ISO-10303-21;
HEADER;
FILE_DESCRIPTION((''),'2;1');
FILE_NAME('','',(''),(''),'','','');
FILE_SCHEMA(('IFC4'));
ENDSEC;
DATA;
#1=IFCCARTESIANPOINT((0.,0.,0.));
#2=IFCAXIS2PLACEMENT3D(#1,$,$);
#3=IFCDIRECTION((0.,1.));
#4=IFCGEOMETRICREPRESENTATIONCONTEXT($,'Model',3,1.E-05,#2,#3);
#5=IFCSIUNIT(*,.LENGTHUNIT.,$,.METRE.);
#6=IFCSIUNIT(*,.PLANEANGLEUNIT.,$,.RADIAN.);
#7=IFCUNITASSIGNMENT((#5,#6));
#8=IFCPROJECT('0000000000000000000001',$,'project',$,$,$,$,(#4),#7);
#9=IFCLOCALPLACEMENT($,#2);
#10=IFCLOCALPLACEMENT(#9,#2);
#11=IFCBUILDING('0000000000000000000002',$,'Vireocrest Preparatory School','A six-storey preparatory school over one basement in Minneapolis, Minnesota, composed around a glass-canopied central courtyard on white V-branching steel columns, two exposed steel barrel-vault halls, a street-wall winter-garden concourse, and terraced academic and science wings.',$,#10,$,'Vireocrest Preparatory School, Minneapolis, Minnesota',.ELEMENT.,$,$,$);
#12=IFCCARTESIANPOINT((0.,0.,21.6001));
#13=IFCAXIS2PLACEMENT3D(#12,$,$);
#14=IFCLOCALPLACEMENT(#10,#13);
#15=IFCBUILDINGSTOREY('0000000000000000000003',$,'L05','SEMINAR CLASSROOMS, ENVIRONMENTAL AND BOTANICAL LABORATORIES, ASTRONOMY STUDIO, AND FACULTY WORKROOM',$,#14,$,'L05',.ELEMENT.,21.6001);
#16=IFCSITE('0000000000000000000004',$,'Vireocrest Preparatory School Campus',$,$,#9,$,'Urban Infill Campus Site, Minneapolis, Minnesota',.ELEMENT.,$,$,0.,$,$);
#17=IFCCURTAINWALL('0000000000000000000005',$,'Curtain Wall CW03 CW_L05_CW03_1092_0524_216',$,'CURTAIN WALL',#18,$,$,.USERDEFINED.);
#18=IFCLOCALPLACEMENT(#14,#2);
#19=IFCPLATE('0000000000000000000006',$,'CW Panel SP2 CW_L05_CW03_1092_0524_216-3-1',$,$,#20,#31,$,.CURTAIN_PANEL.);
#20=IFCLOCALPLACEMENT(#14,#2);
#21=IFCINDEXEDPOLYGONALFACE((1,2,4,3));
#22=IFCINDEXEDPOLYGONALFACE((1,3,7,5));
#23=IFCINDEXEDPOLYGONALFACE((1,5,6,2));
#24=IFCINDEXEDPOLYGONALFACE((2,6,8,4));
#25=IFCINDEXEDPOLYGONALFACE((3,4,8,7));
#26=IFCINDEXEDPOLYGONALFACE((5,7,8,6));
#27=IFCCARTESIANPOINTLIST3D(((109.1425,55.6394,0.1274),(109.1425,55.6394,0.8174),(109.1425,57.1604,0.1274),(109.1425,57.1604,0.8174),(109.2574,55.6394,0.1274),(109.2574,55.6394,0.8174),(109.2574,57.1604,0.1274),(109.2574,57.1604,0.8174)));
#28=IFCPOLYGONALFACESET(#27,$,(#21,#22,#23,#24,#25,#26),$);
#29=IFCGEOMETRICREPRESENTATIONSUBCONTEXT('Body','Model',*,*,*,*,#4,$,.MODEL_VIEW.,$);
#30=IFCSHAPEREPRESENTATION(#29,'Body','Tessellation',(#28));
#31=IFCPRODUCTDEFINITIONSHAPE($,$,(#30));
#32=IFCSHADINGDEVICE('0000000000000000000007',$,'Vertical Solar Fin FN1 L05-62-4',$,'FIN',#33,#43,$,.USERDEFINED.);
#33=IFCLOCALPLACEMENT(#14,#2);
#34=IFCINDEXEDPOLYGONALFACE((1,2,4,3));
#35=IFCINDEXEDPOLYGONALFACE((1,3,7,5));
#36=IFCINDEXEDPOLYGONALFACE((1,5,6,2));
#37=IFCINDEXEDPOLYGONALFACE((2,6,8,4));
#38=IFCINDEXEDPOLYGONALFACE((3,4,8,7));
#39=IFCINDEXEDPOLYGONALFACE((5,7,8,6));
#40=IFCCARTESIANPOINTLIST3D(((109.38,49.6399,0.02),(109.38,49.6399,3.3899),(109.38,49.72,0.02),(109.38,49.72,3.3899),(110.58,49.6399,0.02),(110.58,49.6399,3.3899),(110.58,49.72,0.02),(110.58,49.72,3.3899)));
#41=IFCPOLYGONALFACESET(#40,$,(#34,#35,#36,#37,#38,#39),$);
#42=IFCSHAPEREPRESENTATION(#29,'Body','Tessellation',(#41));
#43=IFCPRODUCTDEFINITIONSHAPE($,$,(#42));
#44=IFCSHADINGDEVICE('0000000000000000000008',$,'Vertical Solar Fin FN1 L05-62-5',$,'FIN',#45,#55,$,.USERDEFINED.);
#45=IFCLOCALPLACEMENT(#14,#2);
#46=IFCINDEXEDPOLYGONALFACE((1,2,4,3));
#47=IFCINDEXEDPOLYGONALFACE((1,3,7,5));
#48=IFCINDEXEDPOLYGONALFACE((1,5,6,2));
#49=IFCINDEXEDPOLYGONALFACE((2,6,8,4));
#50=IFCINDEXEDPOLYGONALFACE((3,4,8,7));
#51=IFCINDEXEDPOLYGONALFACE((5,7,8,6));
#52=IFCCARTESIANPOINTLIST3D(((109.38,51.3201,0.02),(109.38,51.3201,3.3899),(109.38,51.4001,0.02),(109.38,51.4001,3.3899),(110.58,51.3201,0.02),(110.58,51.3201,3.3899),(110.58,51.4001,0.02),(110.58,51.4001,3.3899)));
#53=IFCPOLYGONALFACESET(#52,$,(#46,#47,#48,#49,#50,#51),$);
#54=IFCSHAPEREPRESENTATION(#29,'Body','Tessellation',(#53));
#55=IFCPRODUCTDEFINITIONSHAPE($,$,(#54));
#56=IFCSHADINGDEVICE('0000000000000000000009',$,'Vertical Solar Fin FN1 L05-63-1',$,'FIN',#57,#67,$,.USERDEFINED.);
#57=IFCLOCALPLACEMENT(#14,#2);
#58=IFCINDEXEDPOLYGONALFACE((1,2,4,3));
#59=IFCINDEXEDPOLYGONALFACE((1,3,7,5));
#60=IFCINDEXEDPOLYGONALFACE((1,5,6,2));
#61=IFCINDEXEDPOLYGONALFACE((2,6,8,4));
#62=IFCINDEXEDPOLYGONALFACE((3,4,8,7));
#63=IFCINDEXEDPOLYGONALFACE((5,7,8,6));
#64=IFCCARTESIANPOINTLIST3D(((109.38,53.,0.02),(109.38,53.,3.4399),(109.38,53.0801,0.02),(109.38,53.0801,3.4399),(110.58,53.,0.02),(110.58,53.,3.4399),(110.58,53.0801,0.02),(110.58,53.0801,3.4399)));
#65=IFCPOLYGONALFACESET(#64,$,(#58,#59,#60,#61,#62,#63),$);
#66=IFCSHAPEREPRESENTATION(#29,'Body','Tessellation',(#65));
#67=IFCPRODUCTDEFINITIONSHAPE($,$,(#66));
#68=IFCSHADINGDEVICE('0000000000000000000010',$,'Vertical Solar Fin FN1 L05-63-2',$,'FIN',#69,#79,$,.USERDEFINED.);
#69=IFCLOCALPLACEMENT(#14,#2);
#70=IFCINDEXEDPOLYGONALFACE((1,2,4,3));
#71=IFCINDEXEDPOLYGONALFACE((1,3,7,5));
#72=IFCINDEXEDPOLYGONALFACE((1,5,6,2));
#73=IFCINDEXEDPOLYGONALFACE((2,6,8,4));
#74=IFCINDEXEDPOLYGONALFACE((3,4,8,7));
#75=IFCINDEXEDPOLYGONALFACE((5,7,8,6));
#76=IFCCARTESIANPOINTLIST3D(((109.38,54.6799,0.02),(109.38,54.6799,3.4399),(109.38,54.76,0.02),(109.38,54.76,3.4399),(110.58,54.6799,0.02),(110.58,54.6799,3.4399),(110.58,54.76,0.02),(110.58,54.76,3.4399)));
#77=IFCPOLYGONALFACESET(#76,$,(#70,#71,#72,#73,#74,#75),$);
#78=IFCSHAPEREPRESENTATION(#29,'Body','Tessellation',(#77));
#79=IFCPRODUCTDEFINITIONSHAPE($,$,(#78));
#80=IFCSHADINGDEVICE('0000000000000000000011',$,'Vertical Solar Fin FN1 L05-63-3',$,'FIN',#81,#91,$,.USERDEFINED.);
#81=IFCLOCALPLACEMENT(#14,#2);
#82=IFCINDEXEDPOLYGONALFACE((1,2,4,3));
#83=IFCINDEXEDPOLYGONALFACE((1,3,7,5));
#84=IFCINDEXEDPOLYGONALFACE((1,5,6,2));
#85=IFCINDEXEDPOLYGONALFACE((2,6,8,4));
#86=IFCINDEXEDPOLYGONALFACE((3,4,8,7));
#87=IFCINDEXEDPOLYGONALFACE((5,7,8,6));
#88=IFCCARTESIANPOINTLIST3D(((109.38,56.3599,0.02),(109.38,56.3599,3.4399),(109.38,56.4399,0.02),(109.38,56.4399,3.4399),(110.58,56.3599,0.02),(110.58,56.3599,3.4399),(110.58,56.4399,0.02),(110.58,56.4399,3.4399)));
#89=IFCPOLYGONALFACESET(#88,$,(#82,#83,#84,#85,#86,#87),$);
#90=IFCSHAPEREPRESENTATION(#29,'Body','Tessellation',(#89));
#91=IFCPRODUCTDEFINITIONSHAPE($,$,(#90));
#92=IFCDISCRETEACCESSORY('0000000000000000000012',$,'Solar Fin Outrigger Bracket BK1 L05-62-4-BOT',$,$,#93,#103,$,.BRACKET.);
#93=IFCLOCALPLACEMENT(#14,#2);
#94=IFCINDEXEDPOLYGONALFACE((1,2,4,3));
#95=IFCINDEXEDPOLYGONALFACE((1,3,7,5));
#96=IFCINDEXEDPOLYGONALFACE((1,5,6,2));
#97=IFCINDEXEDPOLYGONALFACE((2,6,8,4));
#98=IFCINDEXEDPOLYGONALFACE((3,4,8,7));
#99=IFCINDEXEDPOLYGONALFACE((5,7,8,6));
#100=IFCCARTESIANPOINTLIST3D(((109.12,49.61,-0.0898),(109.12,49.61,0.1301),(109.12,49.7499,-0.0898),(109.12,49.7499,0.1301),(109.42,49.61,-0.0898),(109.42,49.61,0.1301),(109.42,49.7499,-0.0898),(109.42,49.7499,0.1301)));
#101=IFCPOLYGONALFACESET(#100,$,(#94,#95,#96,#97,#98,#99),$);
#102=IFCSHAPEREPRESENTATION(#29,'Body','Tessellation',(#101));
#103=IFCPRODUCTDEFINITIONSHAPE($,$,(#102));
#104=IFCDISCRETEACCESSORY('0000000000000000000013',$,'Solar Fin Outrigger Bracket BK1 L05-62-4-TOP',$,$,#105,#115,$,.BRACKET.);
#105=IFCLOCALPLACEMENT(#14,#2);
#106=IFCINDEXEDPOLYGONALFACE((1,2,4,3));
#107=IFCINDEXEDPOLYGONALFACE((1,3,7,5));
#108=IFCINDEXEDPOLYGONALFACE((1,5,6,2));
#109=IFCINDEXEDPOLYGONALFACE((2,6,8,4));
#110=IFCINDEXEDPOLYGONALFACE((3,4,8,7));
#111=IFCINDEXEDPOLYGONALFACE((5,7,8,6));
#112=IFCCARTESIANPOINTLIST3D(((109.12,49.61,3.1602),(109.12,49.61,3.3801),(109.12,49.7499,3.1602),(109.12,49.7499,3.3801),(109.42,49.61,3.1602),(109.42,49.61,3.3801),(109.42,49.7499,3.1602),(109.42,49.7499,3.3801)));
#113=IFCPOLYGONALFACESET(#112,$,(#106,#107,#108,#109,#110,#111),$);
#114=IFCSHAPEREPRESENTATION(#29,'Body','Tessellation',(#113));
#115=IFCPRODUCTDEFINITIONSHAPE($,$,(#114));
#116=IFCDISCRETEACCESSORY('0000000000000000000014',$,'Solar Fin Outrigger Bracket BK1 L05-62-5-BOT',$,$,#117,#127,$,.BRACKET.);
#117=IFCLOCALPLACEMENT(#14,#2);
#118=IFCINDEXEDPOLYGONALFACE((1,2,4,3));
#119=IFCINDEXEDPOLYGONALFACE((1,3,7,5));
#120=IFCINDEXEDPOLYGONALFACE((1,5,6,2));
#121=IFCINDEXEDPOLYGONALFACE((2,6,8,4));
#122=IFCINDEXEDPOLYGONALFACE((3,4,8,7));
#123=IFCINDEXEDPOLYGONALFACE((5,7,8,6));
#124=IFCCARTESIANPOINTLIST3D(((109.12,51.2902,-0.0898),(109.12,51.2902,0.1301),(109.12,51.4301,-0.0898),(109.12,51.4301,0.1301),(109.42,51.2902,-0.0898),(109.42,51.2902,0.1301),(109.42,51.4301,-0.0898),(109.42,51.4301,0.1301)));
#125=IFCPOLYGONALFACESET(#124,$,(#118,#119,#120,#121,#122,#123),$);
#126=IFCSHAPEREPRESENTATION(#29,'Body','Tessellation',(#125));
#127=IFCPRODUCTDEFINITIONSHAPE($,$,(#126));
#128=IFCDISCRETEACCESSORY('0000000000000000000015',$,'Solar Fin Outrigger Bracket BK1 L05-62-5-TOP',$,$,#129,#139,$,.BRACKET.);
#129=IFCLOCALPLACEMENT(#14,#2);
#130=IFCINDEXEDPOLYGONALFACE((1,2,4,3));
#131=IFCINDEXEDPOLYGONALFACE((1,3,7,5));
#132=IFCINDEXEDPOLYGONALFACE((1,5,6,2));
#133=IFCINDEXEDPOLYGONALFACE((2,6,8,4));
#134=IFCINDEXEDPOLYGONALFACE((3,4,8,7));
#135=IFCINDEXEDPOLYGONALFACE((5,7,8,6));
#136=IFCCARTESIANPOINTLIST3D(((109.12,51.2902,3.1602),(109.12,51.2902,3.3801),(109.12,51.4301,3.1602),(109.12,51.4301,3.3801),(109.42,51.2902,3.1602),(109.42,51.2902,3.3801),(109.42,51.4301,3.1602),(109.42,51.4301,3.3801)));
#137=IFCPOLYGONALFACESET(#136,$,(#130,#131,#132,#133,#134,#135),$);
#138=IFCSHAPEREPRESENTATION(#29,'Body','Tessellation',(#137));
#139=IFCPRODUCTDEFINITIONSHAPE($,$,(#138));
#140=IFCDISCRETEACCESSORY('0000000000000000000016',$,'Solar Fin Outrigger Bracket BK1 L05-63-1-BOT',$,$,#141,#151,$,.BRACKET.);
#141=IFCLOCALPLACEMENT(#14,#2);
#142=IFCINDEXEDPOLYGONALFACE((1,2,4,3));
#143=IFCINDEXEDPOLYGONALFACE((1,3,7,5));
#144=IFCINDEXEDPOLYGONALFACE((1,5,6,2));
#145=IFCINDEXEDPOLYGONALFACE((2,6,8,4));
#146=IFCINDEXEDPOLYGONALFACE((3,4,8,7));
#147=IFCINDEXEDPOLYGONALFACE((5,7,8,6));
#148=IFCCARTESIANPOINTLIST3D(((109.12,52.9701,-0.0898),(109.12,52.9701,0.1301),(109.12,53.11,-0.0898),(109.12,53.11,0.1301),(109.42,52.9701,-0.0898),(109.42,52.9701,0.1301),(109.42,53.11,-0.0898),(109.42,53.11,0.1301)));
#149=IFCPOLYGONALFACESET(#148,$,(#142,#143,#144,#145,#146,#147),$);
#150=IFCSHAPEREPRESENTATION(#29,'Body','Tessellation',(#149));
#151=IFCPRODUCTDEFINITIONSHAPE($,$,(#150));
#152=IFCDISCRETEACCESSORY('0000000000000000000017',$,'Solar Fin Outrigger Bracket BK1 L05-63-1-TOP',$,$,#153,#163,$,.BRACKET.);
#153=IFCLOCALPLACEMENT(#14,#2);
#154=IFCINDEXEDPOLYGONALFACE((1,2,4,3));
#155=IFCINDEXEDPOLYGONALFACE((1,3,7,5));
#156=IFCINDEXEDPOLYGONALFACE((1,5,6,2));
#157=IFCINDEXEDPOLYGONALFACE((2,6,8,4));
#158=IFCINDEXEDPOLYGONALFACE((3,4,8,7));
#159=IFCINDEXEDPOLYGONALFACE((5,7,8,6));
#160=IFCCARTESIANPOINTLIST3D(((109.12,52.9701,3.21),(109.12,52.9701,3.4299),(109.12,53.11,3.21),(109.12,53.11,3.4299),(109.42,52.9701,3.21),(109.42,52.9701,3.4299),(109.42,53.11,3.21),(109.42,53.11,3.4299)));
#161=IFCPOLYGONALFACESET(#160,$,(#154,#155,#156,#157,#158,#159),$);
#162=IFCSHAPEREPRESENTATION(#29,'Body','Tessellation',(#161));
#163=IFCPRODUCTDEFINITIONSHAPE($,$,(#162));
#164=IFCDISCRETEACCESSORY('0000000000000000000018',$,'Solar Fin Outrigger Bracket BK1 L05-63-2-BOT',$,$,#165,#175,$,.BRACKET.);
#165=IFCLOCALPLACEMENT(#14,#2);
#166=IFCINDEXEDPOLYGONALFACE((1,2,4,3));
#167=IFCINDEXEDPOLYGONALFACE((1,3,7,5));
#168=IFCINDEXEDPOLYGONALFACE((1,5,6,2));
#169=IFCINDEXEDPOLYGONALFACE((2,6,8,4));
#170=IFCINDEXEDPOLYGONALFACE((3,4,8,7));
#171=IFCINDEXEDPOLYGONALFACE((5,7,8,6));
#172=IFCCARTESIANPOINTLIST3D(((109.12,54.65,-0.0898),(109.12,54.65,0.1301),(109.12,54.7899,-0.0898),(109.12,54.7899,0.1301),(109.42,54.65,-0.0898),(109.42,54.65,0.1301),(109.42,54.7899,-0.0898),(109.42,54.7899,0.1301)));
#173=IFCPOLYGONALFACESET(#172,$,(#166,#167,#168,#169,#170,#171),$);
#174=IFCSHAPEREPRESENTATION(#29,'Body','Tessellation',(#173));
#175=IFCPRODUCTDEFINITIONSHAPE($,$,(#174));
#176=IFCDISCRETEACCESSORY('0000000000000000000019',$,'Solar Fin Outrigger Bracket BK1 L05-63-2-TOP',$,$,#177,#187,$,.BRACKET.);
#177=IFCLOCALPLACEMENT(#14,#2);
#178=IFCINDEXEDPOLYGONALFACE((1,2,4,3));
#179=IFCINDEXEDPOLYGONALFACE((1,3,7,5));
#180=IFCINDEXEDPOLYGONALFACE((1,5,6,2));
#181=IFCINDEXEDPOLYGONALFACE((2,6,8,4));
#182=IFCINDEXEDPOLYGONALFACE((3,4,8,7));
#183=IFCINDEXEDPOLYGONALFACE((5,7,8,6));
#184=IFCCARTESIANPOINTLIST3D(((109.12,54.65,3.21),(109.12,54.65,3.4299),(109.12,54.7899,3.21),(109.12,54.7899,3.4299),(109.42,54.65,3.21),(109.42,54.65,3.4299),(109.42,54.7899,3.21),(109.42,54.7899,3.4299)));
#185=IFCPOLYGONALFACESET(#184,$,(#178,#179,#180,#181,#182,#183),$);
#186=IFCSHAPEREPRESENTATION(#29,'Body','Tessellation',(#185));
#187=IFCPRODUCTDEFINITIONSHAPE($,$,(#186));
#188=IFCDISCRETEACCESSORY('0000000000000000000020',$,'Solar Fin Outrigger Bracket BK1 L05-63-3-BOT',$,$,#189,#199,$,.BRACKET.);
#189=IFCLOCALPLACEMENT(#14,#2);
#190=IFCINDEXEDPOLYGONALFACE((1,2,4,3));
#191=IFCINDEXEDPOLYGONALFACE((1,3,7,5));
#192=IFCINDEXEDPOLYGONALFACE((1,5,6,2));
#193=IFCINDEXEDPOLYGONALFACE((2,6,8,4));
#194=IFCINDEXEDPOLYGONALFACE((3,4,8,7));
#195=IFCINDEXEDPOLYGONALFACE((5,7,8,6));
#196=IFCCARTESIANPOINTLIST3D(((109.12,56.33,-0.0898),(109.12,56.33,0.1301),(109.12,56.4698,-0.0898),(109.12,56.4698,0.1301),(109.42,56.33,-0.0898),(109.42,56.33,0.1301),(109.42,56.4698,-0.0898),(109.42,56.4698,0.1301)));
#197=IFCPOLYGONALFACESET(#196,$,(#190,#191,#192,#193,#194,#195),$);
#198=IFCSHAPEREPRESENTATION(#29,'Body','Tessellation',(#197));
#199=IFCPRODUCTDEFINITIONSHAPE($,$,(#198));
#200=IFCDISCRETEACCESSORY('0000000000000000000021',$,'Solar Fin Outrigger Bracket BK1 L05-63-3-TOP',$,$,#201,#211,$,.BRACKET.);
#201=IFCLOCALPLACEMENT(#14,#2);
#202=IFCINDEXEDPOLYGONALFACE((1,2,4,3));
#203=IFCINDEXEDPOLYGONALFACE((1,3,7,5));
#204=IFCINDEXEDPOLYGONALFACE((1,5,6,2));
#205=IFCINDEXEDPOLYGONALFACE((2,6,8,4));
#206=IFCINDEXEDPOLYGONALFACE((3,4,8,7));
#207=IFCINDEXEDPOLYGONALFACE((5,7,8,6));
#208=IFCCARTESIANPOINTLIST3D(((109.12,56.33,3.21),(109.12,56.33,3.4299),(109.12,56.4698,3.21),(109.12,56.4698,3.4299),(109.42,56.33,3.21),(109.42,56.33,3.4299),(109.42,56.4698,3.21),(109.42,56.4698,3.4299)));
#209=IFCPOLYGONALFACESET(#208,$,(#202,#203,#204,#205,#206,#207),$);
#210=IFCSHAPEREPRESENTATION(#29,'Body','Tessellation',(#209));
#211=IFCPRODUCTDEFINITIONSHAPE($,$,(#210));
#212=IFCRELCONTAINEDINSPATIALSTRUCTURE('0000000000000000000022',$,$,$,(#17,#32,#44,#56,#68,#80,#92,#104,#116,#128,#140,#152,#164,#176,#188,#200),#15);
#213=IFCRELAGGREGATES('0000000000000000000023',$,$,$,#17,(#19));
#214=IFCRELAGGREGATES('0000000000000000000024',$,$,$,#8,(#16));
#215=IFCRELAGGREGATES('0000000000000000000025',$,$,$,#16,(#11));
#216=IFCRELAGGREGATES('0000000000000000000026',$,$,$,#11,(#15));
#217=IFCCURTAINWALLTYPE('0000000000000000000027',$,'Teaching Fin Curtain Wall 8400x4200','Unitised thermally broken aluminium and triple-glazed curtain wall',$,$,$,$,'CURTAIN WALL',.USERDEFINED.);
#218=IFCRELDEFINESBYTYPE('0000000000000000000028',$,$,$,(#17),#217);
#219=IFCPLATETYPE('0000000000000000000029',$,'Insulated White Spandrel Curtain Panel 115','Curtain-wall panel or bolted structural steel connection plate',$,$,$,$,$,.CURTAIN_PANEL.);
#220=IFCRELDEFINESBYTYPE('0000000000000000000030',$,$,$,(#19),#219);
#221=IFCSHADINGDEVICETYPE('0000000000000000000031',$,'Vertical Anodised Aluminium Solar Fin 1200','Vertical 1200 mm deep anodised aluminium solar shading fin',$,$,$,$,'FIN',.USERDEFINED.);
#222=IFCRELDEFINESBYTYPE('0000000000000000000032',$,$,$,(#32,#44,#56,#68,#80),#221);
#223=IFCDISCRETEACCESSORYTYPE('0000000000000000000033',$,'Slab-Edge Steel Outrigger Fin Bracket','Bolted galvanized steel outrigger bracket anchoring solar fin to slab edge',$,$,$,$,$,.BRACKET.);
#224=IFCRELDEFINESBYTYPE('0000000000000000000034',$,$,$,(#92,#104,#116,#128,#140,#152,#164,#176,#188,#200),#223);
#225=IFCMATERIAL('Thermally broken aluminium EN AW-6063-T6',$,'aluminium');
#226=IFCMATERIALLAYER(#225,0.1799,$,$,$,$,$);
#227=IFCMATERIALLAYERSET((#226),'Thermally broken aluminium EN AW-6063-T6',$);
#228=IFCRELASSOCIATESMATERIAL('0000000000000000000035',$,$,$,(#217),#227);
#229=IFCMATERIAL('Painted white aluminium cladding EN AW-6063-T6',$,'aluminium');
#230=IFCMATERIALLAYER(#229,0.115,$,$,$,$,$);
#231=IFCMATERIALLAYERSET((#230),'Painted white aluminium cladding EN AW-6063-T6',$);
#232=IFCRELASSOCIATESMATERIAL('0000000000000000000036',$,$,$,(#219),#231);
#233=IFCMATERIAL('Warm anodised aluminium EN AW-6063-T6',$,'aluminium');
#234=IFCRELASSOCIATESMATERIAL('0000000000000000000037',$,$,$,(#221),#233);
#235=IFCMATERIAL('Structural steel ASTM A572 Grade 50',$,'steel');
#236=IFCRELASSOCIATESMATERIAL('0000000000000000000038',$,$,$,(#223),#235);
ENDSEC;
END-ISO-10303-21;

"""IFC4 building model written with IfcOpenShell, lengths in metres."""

from ifc_helpers import new_model, si_unit, direction, frame, origin, origin_2d, place, context, subcontext, project, spatial, rectangle, extrude, material, layer, layer_set, material_profile, profile_set, type_object, element, aggregate, save


model = new_model("IFC4")

# Units and contexts
model_context = context("Model", 3, precision=1e-05, world=origin(), true_north=direction((0.0, 1.0)))
body_context = subcontext(model_context, "Body", "Model", "MODEL_VIEW")
ifc_project = project(units=[si_unit("LENGTHUNIT", "METRE"), si_unit("PLANEANGLEUNIT", "RADIAN")], contexts=[model_context])

# Site, building, storey
site_placement = place(None, origin())
site = spatial("IfcSite", under=ifc_project, at=site_placement, Name="Vireocrest Preparatory School Campus", LongName="Urban Infill Campus Site, Minneapolis, Minnesota", CompositionType="ELEMENT", RefElevation=0.0)
building_placement = place(site_placement, origin())
building = spatial("IfcBuilding", under=site, at=building_placement, Name="Vireocrest Preparatory School", Description="A six-storey preparatory school over one basement in Minneapolis, Minnesota, composed around a glass-canopied central courtyard on white V-branching steel columns, two exposed steel barrel-vault halls, a street-wall winter-garden concourse, and terraced academic and science wings.", LongName="Vireocrest Preparatory School, Minneapolis, Minnesota", CompositionType="ELEMENT")
storey_placement = place(building_placement, frame((0.0, 0.0, 21.6001)))
storey = spatial("IfcBuildingStorey", under=building, at=storey_placement, Name="L05", Description="SEMINAR CLASSROOMS, ENVIRONMENTAL AND BOTANICAL LABORATORIES, ASTRONOMY STUDIO, AND FACULTY WORKROOM", LongName="L05", CompositionType="ELEMENT", Elevation=21.6001)

# Curtain wall, plate
ifc_material_1 = material(Name="Thermally broken aluminium EN AW-6063-T6", Category="aluminium")
ifc_layer_1 = layer(ifc_material_1, 0.1799)
ifc_layer_set_1 = layer_set([ifc_layer_1], Name="Thermally broken aluminium EN AW-6063-T6")
curtain_wall_type = type_object("IfcCurtainWallType", Name="Teaching Fin Curtain Wall 8400x4200", Description="Unitised thermally broken aluminium and triple-glazed curtain wall", ElementType="CURTAIN WALL", PredefinedType="USERDEFINED", material=ifc_layer_set_1)
curtain_wall_placement = place(storey_placement, origin())
curtain_wall = element("IfcCurtainWall", 1, at=curtain_wall_placement, inside=storey, type_object=curtain_wall_type, Name="Curtain Wall CW03 CW_L05_CW03_1092_0524_216", ObjectType="CURTAIN WALL", PredefinedType="USERDEFINED")
ifc_material_2 = material(Name="Painted white aluminium cladding EN AW-6063-T6", Category="aluminium")
ifc_layer_2 = layer(ifc_material_2, 0.115)
ifc_layer_set_2 = layer_set([ifc_layer_2], Name="Painted white aluminium cladding EN AW-6063-T6")
plate_type_1 = type_object("IfcPlateType", Name="Insulated White Spandrel Curtain Panel 115", Description="Curtain-wall panel or bolted structural steel connection plate", PredefinedType="CURTAIN_PANEL", material=ifc_layer_set_2)
plate_1_placement = place(storey_placement, frame((109.2, 56.3999, 0.1274), z_axis=(0.0, 0.0, 1.0), x_axis=(0.0, 1.0, 0.0)))
plate_1 = element("IfcPlate", 2, at=plate_1_placement, type_object=plate_type_1, Name="CW Panel SP2 CW_L05_CW03_1092_0524_216-3-1", PredefinedType="CURTAIN_PANEL", context=body_context, shape_type="SweptSolid", body=[
    extrude(rectangle(XDim=1.521, YDim=0.115, at=origin_2d()), origin(), (0.0, 0.0, 1.0), 0.6899),
])
aggregate(curtain_wall, [plate_1])

# Shading devices
ifc_material_3 = material(Name="Warm anodised aluminium EN AW-6063-T6", Category="aluminium")
ifc_material_profile_1 = material_profile(ifc_material_3, rectangle(XDim=0.0801, YDim=1.2, at=origin_2d()), Name="FIN 80x1200")
ifc_profile_set_1 = profile_set([ifc_material_profile_1], Name="Warm anodised aluminium EN AW-6063-T6")
shading_device_type = type_object("IfcShadingDeviceType", Name="Vertical Anodised Aluminium Solar Fin 1200", Description="Vertical 1200 mm deep anodised aluminium solar shading fin", ElementType="FIN", PredefinedType="USERDEFINED", material=ifc_profile_set_1)
for number, where, z_axis, x_axis, name in (
    (3, (109.98, 49.6799, 0.02), (0.0, 0.0, 1.0), (0.0, -1.0, 0.0), "Vertical Solar Fin FN1 L05-62-4"),
    (4, (109.98, 51.3601, 0.02), (0.0, 0.0, 1.0), (0.0, -1.0, 0.0), "Vertical Solar Fin FN1 L05-62-5"),
):
    element("IfcShadingDevice", number, at=place(storey_placement, frame(where, z_axis=z_axis, x_axis=x_axis)), inside=storey, type_object=shading_device_type, Name=name, ObjectType="FIN", PredefinedType="USERDEFINED", context=body_context, shape_type="SweptSolid", body=[
        extrude(rectangle(XDim=0.0801, YDim=1.2, at=origin_2d()), origin(), (0.0, 0.0, 1.0), 3.3699),
    ])
for number, where, z_axis, x_axis, name in (
    (5, (109.98, 53.04, 0.02), (0.0, 0.0, 1.0), (0.0, -1.0, 0.0), "Vertical Solar Fin FN1 L05-63-1"),
    (6, (109.98, 54.72, 0.02), (0.0, 0.0, 1.0), (0.0, -1.0, 0.0), "Vertical Solar Fin FN1 L05-63-2"),
    (7, (109.98, 56.3999, 0.02), (0.0, 0.0, 1.0), (0.0, -1.0, 0.0), "Vertical Solar Fin FN1 L05-63-3"),
):
    element("IfcShadingDevice", number, at=place(storey_placement, frame(where, z_axis=z_axis, x_axis=x_axis)), inside=storey, type_object=shading_device_type, Name=name, ObjectType="FIN", PredefinedType="USERDEFINED", context=body_context, shape_type="SweptSolid", body=[
        extrude(rectangle(XDim=0.0801, YDim=1.2, at=origin_2d()), origin(), (0.0, 0.0, 1.0), 3.4199),
    ])

# Discrete accessories
ifc_material_4 = material(Name="Structural steel ASTM A572 Grade 50", Category="steel")
discrete_accessory_type = type_object("IfcDiscreteAccessoryType", Name="Slab-Edge Steel Outrigger Fin Bracket", Description="Bolted galvanized steel outrigger bracket anchoring solar fin to slab edge", PredefinedType="BRACKET", material=ifc_material_4)
for number, where, z_axis, x_axis, name in (
    (8, (109.27, 49.6799, -0.0898), (0.0, 0.0, 1.0), (0.0, -1.0, 0.0), "Solar Fin Outrigger Bracket BK1 L05-62-4-BOT"),
    (9, (109.27, 49.6799, 3.1602), (0.0, 0.0, 1.0), (0.0, -1.0, 0.0), "Solar Fin Outrigger Bracket BK1 L05-62-4-TOP"),
    (10, (109.27, 51.3601, -0.0898), (0.0, 0.0, 1.0), (0.0, -1.0, 0.0), "Solar Fin Outrigger Bracket BK1 L05-62-5-BOT"),
    (11, (109.27, 51.3601, 3.1602), (0.0, 0.0, 1.0), (0.0, -1.0, 0.0), "Solar Fin Outrigger Bracket BK1 L05-62-5-TOP"),
    (12, (109.27, 53.04, -0.0898), (0.0, 0.0, 1.0), (0.0, -1.0, 0.0), "Solar Fin Outrigger Bracket BK1 L05-63-1-BOT"),
    (13, (109.27, 53.04, 3.21), (0.0, 0.0, 1.0), (0.0, -1.0, 0.0), "Solar Fin Outrigger Bracket BK1 L05-63-1-TOP"),
    (14, (109.27, 54.72, -0.0898), (0.0, 0.0, 1.0), (0.0, -1.0, 0.0), "Solar Fin Outrigger Bracket BK1 L05-63-2-BOT"),
    (15, (109.27, 54.72, 3.21), (0.0, 0.0, 1.0), (0.0, -1.0, 0.0), "Solar Fin Outrigger Bracket BK1 L05-63-2-TOP"),
    (16, (109.27, 56.3999, -0.0898), (0.0, 0.0, 1.0), (0.0, -1.0, 0.0), "Solar Fin Outrigger Bracket BK1 L05-63-3-BOT"),
    (17, (109.27, 56.3999, 3.21), (0.0, 0.0, 1.0), (0.0, -1.0, 0.0), "Solar Fin Outrigger Bracket BK1 L05-63-3-TOP"),
):
    element("IfcDiscreteAccessory", number, at=place(storey_placement, frame(where, z_axis=z_axis, x_axis=x_axis)), inside=storey, type_object=discrete_accessory_type, Name=name, PredefinedType="BRACKET", context=body_context, shape_type="SweptSolid", body=[
        extrude(rectangle(XDim=0.1399, YDim=0.3, at=origin_2d()), origin(), (0.0, 0.0, 1.0), 0.22),
    ])

save(model, "model.ifc")
